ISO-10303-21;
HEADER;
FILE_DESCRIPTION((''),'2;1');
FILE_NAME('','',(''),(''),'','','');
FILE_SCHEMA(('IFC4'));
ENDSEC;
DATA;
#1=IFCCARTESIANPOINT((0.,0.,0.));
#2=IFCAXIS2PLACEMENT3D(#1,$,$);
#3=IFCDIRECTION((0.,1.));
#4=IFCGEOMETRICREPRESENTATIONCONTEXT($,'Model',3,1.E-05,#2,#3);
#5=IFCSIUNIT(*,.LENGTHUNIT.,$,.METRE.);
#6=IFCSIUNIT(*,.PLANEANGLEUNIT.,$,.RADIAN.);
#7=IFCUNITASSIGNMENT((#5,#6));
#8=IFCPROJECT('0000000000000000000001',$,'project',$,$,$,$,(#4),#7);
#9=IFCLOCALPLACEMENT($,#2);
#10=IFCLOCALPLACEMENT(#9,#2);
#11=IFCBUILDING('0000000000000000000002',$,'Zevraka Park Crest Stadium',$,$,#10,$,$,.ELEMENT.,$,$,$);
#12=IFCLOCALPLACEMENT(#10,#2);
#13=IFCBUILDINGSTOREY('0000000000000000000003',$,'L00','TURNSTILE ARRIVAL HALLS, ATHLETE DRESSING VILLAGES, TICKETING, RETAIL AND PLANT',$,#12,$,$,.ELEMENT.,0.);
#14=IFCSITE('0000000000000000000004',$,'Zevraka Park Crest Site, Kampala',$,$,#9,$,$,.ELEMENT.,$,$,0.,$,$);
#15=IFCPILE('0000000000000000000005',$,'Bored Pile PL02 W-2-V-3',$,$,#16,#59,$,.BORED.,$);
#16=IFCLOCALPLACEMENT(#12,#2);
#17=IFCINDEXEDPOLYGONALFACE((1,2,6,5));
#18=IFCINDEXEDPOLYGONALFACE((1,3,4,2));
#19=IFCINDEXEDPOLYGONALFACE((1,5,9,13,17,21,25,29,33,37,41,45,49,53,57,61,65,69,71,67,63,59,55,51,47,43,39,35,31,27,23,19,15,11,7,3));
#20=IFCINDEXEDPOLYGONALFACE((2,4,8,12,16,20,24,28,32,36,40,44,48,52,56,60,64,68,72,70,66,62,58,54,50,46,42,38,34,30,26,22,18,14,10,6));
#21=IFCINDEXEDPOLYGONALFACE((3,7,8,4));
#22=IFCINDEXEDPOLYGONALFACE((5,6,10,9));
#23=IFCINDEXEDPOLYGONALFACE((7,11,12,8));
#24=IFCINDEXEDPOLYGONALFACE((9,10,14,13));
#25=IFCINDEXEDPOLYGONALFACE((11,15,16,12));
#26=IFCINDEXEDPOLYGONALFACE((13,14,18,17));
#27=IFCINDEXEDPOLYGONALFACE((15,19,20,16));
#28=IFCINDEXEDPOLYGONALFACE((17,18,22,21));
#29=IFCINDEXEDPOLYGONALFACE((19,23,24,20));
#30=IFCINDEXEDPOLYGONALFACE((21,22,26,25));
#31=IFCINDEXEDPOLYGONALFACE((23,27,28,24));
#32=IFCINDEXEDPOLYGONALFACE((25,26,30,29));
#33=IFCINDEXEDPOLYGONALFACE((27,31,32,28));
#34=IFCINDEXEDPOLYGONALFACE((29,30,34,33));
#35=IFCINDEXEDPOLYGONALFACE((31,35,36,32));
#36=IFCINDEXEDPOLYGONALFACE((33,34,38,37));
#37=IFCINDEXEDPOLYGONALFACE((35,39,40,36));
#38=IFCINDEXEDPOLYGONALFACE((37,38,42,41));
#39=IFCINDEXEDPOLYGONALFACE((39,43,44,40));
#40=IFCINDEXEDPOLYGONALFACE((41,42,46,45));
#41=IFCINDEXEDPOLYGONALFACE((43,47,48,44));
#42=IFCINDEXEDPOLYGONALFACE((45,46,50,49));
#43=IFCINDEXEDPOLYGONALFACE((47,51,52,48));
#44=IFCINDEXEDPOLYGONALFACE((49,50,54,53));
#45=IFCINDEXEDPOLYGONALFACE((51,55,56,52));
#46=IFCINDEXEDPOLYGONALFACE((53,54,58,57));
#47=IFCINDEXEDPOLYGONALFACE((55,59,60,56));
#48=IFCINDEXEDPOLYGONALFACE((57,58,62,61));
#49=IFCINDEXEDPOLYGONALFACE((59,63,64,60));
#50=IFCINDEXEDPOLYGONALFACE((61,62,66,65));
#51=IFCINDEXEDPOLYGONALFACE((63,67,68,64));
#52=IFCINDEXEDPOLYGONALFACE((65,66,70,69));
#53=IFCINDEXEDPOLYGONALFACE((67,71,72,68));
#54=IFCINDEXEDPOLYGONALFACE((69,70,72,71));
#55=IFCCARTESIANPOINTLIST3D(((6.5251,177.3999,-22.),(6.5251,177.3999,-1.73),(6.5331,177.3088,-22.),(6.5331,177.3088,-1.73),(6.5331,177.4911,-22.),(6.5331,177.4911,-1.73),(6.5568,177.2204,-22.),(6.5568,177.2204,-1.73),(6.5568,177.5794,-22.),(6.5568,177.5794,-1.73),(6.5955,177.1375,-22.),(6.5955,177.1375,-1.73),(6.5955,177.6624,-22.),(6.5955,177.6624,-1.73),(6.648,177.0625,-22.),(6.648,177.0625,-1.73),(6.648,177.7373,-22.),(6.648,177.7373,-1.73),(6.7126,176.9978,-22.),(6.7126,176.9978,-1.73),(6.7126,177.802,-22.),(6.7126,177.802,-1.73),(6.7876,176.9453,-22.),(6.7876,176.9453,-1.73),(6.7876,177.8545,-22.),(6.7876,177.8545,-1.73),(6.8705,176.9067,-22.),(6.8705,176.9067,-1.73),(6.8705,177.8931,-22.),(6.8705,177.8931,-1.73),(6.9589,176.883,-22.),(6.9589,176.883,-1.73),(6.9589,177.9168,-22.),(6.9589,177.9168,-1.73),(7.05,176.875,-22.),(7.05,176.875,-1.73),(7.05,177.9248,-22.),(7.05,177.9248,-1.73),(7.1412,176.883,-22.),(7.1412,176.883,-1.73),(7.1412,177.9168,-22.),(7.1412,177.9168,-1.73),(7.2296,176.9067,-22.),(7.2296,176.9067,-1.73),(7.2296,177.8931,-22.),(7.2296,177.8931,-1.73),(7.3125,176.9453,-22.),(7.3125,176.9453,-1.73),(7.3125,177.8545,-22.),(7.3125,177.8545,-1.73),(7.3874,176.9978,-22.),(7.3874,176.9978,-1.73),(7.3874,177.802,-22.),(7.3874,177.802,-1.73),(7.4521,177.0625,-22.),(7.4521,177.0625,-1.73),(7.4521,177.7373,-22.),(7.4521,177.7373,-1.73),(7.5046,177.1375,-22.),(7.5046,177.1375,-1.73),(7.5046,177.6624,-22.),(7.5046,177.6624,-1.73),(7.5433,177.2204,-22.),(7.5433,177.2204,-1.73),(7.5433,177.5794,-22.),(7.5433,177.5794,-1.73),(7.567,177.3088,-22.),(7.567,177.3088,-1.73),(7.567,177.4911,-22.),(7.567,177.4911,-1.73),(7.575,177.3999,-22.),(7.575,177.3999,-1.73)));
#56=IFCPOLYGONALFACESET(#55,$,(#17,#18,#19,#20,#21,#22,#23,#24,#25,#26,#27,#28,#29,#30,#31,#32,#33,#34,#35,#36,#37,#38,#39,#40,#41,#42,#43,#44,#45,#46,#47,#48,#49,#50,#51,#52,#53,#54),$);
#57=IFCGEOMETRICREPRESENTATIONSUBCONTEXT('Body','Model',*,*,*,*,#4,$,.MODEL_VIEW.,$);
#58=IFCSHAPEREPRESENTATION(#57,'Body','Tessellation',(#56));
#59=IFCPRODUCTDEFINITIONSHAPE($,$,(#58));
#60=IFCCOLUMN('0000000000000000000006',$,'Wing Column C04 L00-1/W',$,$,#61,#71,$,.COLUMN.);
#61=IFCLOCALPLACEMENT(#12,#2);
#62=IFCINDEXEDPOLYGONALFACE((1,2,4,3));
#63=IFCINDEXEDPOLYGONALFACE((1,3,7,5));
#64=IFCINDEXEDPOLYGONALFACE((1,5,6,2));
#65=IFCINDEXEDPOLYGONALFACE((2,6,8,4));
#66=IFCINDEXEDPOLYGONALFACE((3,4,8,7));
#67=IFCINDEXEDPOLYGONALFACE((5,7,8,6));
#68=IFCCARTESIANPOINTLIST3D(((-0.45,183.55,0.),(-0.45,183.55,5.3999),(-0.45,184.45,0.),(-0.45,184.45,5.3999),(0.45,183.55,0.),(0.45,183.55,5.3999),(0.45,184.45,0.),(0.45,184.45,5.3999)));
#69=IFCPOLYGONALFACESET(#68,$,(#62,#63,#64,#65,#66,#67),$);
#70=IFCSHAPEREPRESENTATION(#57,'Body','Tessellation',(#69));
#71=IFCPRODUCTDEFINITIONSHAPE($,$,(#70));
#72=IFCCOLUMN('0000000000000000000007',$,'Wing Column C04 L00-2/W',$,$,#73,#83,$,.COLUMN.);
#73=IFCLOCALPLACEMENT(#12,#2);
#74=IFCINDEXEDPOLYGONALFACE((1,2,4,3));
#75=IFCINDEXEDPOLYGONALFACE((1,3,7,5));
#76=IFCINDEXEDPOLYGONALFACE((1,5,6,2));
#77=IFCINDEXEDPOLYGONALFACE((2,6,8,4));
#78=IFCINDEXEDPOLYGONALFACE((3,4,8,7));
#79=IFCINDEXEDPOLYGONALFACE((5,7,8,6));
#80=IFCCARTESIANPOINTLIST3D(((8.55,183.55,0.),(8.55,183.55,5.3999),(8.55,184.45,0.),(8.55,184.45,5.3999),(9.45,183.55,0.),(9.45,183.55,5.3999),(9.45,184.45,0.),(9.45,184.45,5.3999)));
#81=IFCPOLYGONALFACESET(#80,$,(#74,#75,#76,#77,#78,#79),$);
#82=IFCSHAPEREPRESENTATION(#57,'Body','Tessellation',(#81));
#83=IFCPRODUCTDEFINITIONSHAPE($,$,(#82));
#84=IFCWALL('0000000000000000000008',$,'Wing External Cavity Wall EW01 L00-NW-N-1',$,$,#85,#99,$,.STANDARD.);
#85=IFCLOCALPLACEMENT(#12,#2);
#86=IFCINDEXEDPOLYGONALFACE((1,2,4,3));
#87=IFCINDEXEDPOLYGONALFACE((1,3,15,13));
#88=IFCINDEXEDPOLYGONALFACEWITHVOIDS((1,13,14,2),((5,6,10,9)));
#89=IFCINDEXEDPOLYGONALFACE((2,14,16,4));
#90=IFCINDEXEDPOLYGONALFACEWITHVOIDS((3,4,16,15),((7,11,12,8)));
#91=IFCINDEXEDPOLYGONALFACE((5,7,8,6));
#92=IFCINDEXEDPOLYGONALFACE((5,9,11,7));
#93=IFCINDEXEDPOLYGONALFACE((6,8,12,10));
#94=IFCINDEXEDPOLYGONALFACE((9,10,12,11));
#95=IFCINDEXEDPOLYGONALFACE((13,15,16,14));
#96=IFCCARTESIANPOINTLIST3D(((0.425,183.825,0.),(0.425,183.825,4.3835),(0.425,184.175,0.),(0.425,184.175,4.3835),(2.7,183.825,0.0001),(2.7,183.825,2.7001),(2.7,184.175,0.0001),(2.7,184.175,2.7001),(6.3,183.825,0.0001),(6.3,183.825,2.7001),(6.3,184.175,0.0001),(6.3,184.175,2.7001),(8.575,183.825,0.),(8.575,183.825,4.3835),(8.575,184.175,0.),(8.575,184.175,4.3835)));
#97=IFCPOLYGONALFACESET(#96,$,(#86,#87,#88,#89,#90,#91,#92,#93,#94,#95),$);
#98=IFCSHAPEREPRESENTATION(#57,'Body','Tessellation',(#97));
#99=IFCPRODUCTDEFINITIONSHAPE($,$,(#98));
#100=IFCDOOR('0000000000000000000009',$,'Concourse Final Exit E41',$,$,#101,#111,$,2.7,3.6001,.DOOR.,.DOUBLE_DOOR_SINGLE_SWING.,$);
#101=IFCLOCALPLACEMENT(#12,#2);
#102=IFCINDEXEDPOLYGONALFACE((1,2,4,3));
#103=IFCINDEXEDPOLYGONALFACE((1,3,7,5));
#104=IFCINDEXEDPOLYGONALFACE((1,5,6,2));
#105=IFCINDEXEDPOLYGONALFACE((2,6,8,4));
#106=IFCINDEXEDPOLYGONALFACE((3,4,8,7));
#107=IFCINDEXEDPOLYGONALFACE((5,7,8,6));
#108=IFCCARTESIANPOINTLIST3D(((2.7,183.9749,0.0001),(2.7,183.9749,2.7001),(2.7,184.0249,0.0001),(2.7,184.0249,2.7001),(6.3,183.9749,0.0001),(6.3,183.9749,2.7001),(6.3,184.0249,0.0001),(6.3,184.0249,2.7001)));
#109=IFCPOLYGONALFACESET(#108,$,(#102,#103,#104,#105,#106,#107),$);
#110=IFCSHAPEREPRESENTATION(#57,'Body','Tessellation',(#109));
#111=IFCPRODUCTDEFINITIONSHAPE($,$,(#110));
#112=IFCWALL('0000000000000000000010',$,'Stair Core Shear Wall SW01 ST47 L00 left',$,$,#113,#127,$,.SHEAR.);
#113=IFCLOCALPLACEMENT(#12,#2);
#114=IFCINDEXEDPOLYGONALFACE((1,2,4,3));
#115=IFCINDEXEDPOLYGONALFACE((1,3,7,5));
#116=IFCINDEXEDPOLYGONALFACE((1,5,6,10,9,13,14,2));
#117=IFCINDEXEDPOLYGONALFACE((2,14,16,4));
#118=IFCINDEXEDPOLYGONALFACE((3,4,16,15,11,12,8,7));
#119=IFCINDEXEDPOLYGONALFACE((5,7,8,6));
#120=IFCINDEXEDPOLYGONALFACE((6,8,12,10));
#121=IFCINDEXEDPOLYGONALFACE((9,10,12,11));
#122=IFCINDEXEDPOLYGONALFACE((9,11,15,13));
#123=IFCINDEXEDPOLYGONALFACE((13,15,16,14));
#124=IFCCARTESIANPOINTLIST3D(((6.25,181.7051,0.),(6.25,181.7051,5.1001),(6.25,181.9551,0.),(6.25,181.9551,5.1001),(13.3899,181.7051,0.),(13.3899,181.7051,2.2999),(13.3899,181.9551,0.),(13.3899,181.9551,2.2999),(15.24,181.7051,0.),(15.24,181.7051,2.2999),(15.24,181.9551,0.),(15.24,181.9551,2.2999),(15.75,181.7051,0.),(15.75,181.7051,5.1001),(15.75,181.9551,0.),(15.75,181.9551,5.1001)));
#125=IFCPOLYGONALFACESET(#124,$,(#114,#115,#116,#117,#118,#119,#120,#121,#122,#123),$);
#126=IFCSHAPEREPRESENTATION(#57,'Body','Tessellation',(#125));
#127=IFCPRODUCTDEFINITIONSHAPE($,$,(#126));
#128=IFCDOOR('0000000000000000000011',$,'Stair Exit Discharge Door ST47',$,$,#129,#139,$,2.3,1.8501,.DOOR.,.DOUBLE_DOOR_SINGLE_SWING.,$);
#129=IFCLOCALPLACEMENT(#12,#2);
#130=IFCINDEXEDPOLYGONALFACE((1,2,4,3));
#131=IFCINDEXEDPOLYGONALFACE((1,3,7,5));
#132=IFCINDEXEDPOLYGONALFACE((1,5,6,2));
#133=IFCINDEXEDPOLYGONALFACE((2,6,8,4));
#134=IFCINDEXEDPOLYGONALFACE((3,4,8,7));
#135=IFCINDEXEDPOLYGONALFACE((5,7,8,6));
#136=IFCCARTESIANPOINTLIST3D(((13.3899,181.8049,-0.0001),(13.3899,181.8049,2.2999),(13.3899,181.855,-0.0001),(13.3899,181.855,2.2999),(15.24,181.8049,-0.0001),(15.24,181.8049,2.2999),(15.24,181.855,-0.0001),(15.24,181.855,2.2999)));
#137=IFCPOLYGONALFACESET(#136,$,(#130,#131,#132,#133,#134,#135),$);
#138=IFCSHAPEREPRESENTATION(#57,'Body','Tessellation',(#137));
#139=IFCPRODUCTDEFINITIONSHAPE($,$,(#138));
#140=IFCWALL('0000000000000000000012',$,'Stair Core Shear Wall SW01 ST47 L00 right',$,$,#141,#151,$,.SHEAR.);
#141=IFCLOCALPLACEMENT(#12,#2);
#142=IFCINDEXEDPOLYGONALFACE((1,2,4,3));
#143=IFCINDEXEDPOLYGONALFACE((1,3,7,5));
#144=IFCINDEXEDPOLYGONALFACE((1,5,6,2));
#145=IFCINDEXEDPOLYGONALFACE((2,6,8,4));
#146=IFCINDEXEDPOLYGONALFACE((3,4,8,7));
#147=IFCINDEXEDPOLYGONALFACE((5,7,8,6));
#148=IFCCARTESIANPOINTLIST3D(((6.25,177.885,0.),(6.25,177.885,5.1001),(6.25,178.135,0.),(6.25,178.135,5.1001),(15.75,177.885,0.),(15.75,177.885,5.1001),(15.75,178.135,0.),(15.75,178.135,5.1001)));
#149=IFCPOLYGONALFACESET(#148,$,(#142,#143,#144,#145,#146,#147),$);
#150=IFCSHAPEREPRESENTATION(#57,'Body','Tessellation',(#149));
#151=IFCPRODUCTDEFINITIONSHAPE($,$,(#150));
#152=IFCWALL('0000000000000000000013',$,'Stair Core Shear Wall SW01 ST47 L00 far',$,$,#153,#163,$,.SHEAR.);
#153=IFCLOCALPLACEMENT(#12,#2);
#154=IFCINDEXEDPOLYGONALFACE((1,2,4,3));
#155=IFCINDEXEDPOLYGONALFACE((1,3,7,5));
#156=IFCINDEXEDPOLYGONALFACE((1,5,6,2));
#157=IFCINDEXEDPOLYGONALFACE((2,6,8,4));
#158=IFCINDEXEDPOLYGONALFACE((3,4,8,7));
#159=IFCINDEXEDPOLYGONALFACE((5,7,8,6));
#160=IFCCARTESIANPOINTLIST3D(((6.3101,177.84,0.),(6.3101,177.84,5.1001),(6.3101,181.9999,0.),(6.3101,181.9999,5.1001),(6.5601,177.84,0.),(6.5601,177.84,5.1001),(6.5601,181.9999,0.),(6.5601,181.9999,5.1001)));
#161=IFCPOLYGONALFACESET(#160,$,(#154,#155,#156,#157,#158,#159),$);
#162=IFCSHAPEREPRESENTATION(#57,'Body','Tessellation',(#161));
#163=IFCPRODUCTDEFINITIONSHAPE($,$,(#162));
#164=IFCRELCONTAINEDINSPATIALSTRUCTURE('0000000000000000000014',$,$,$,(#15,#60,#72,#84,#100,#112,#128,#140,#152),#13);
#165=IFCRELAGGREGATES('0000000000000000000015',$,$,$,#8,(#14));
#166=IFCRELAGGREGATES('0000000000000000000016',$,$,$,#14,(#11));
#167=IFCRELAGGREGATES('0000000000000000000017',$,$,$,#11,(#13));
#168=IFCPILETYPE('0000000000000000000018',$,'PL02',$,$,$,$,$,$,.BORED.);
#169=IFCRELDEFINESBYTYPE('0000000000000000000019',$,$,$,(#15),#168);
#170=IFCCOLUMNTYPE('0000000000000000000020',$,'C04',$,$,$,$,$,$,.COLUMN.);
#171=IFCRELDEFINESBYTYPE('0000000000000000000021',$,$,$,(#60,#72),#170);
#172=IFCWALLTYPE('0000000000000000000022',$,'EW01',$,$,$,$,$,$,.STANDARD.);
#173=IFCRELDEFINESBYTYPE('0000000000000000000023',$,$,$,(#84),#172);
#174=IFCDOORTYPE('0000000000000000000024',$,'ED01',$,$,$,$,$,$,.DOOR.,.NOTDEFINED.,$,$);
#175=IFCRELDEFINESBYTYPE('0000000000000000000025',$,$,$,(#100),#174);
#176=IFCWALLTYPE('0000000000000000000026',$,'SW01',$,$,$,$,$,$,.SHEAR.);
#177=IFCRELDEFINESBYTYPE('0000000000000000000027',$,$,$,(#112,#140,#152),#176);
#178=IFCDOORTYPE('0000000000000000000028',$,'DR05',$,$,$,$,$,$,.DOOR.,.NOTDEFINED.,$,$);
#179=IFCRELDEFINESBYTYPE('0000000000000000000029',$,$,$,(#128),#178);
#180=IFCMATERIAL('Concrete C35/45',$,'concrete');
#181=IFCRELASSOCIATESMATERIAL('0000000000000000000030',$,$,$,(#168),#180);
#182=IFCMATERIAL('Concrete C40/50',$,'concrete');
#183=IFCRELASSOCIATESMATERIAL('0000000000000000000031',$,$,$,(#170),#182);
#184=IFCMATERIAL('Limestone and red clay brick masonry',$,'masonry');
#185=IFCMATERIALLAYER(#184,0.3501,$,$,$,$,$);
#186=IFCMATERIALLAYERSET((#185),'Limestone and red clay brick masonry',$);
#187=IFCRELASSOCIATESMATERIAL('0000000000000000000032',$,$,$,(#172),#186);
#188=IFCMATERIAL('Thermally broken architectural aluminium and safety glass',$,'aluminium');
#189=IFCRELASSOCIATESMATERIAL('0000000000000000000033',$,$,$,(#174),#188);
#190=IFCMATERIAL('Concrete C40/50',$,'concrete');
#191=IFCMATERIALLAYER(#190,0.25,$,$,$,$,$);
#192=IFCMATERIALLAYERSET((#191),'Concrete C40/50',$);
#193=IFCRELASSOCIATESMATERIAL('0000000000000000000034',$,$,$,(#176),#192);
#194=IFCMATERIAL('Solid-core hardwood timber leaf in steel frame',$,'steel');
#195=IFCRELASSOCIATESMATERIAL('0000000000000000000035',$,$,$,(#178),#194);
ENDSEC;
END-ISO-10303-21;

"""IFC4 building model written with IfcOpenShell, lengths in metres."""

from ifc_helpers import new_model, si_unit, direction, frame, frame_2d, origin, origin_2d, place, context, subcontext, project, spatial, rectangle, circle, extrude, material, layer, layer_set, material_profile, profile_set, type_object, element, fill, save


model = new_model("IFC4")

# Units and contexts
model_context = context("Model", 3, precision=1e-05, world=origin(), true_north=direction((0.0, 1.0)))
body_context = subcontext(model_context, "Body", "Model", "MODEL_VIEW")
ifc_project = project(units=[si_unit("LENGTHUNIT", "METRE"), si_unit("PLANEANGLEUNIT", "RADIAN")], contexts=[model_context])

# Site, building, storey
site_placement = place(None, origin())
site = spatial("IfcSite", under=ifc_project, at=site_placement, Name="Zevraka Park Crest Site, Kampala", CompositionType="ELEMENT", RefElevation=0.0)
building_placement = place(site_placement, origin())
building = spatial("IfcBuilding", under=site, at=building_placement, Name="Zevraka Park Crest Stadium", CompositionType="ELEMENT")
storey_placement = place(building_placement, origin())
storey = spatial("IfcBuildingStorey", under=building, at=storey_placement, Name="L00", Description="TURNSTILE ARRIVAL HALLS, ATHLETE DRESSING VILLAGES, TICKETING, RETAIL AND PLANT", CompositionType="ELEMENT", Elevation=0.0)

# Pile
ifc_material_1 = material(Name="Concrete C35/45", Category="concrete")
ifc_material_profile_1 = material_profile(ifc_material_1, circle(Radius=0.5249, at=origin_2d()), Name="PILE D1050")
ifc_profile_set_1 = profile_set([ifc_material_profile_1], Name="Concrete C35/45")
pile_type_1 = type_object("IfcPileType", Name="PL02", PredefinedType="BORED", material=ifc_profile_set_1)
for number, where, z_axis, x_axis, name in (
    (1, (7.05, 177.3999, -1.73), (0.0, 0.0, -1.0), (1.0, 0.0, 0.0), "Bored Pile PL02 W-2-V-3"),
):
    element("IfcPile", number, at=place(storey_placement, frame(where, z_axis=z_axis, x_axis=x_axis)), inside=storey, type_object=pile_type_1, Name=name, PredefinedType="BORED", context=body_context, shape_type="SweptSolid", body=[
        extrude(circle(Radius=0.5249, at=origin_2d()), origin(), (0.0, 0.0, 1.0), 20.27),
    ])

# Columns
ifc_material_2 = material(Name="Concrete C40/50", Category="concrete")
ifc_material_profile_2 = material_profile(ifc_material_2, rectangle(XDim=0.8999, YDim=0.8999, at=origin_2d()), Name="RC 900x900")
ifc_profile_set_2 = profile_set([ifc_material_profile_2], Name="Concrete C40/50")
column_type = type_object("IfcColumnType", Name="C04", PredefinedType="COLUMN", material=ifc_profile_set_2)
for number, where, z_axis, x_axis, name in (
    (2, (0.0, 184.0, 0.0), (0.0, 0.0, 1.0), (1.0, 0.0, 0.0), "Wing Column C04 L00-1/W"),
    (3, (9.0, 184.0, 0.0), (0.0, 0.0, 1.0), (1.0, 0.0, 0.0), "Wing Column C04 L00-2/W"),
):
    element("IfcColumn", number, at=place(storey_placement, frame(where, z_axis=z_axis, x_axis=x_axis)), inside=storey, type_object=column_type, Name=name, PredefinedType="COLUMN", context=body_context, shape_type="SweptSolid", body=[
        extrude(rectangle(XDim=0.8999, YDim=0.8999, at=origin_2d()), origin(), (0.0, 0.0, 1.0), 5.3999),
    ])

# Walls, openings, doors
ifc_material_3 = material(Name="Limestone and red clay brick masonry", Category="masonry")
ifc_layer_1 = layer(ifc_material_3, 0.3501)
ifc_layer_set_1 = layer_set([ifc_layer_1], Name="Limestone and red clay brick masonry")
wall_type_1 = type_object("IfcWallType", Name="EW01", PredefinedType="STANDARD", material=ifc_layer_set_1)
wall_1_placement = place(storey_placement, frame((0.425, 184.0, 0.0), z_axis=(0.0, 0.0, 1.0), x_axis=(1.0, 0.0, 0.0)))
wall_1 = element("IfcWall", 4, at=wall_1_placement, inside=storey, type_object=wall_type_1, Name="Wing External Cavity Wall EW01 L00-NW-N-1", PredefinedType="STANDARD", context=body_context, shape_type="SweptSolid", body=[
    extrude(rectangle(XDim=8.1499, YDim=0.3501, at=frame_2d((4.075, 0.0))), origin(), (0.0, 0.0, 1.0), 4.3835),
])
opening_1_placement = place(wall_1_placement, frame((2.2749, 0.0, 0.0)))
opening_1 = element("IfcOpeningElement", 5, at=opening_1_placement, cuts=wall_1, PredefinedType="OPENING", context=body_context, shape_type="SweptSolid", body=[
    extrude(rectangle(XDim=3.6001, YDim=2.7, at=frame_2d((1.8, 1.3501))), frame((0.0, 0.1851, 0.0), z_axis=(0.0, -1.0, 0.0), x_axis=(1.0, 0.0, 0.0)), (0.0, 0.0, 1.0), 0.3701),
])
ifc_material_4 = material(Name="Thermally broken architectural aluminium and safety glass", Category="aluminium")
door_type_1 = type_object("IfcDoorType", Name="ED01", OperationType="NOTDEFINED", PredefinedType="DOOR", material=ifc_material_4)
door_1_placement = place(opening_1_placement, origin())
door_1 = element("IfcDoor", 6, at=door_1_placement, inside=storey, type_object=door_type_1, Name="Concourse Final Exit E41", OperationType="DOUBLE_DOOR_SINGLE_SWING", OverallHeight=2.7, OverallWidth=3.6001, PredefinedType="DOOR", context=body_context, shape_type="SweptSolid", body=[
    extrude(rectangle(XDim=3.6001, YDim=2.7, at=frame_2d((1.8, 1.3501))), frame((0.0, 0.0249, 0.0), z_axis=(0.0, -1.0, 0.0), x_axis=(1.0, 0.0, 0.0)), (0.0, 0.0, 1.0), 0.05),
])
fill(opening_1, door_1)
ifc_material_5 = material(Name="Concrete C40/50", Category="concrete")
ifc_layer_2 = layer(ifc_material_5, 0.25)
ifc_layer_set_2 = layer_set([ifc_layer_2], Name="Concrete C40/50")
wall_type_2 = type_object("IfcWallType", Name="SW01", PredefinedType="SHEAR", material=ifc_layer_set_2)
wall_2_placement = place(storey_placement, frame((6.25, 181.8301, 0.0), z_axis=(0.0, 0.0, 1.0), x_axis=(1.0, 0.0, 0.0)))
wall_2 = element("IfcWall", 7, at=wall_2_placement, inside=storey, type_object=wall_type_2, Name="Stair Core Shear Wall SW01 ST47 L00 left", PredefinedType="SHEAR", context=body_context, shape_type="SweptSolid", body=[
    extrude(rectangle(XDim=9.5, YDim=0.25, at=frame_2d((4.75, 0.0))), origin(), (0.0, 0.0, 1.0), 5.1001),
])
opening_2_placement = place(wall_2_placement, frame((7.1399, 0.0, 0.0)))
opening_2 = element("IfcOpeningElement", 8, at=opening_2_placement, cuts=wall_2, PredefinedType="OPENING", context=body_context, shape_type="SweptSolid", body=[
    extrude(rectangle(XDim=1.8501, YDim=2.3, at=frame_2d((0.925, 1.1499))), frame((0.0, 0.135, 0.0), z_axis=(0.0, -1.0, 0.0), x_axis=(1.0, 0.0, 0.0)), (0.0, 0.0, 1.0), 0.27),
])
ifc_material_6 = material(Name="Solid-core hardwood timber leaf in steel frame", Category="steel")
door_type_2 = type_object("IfcDoorType", Name="DR05", OperationType="NOTDEFINED", PredefinedType="DOOR", material=ifc_material_6)
door_2_placement = place(opening_2_placement, origin())
door_2 = element("IfcDoor", 9, at=door_2_placement, inside=storey, type_object=door_type_2, Name="Stair Exit Discharge Door ST47", OperationType="DOUBLE_DOOR_SINGLE_SWING", OverallHeight=2.3, OverallWidth=1.8501, PredefinedType="DOOR", context=body_context, shape_type="SweptSolid", body=[
    extrude(rectangle(XDim=1.8501, YDim=2.3, at=frame_2d((0.925, 1.1499))), frame((0.0, 0.0249, 0.0), z_axis=(0.0, -1.0, 0.0), x_axis=(1.0, 0.0, 0.0)), (0.0, 0.0, 1.0), 0.05),
])
fill(opening_2, door_2)

# Walls
wall_3_placement = place(storey_placement, frame((6.25, 178.01, 0.0), z_axis=(0.0, 0.0, 1.0), x_axis=(1.0, 0.0, 0.0)))
element("IfcWall", 10, at=wall_3_placement, inside=storey, type_object=wall_type_2, Name="Stair Core Shear Wall SW01 ST47 L00 right", PredefinedType="SHEAR", context=body_context, shape_type="SweptSolid", body=[
    extrude(rectangle(XDim=9.5, YDim=0.25, at=frame_2d((4.75, 0.0))), origin(), (0.0, 0.0, 1.0), 5.1001),
])
wall_4_placement = place(storey_placement, frame((6.4351, 182.0, 0.0), z_axis=(0.0, 0.0, 1.0), x_axis=(0.0, -1.0, 0.0)))
element("IfcWall", 11, at=wall_4_placement, inside=storey, type_object=wall_type_2, Name="Stair Core Shear Wall SW01 ST47 L00 far", PredefinedType="SHEAR", context=body_context, shape_type="SweptSolid", body=[
    extrude(rectangle(XDim=4.1599, YDim=0.25, at=frame_2d((2.0801, 0.0))), origin(), (0.0, 0.0, 1.0), 5.1001),
])

save(model, "model.ifc")
